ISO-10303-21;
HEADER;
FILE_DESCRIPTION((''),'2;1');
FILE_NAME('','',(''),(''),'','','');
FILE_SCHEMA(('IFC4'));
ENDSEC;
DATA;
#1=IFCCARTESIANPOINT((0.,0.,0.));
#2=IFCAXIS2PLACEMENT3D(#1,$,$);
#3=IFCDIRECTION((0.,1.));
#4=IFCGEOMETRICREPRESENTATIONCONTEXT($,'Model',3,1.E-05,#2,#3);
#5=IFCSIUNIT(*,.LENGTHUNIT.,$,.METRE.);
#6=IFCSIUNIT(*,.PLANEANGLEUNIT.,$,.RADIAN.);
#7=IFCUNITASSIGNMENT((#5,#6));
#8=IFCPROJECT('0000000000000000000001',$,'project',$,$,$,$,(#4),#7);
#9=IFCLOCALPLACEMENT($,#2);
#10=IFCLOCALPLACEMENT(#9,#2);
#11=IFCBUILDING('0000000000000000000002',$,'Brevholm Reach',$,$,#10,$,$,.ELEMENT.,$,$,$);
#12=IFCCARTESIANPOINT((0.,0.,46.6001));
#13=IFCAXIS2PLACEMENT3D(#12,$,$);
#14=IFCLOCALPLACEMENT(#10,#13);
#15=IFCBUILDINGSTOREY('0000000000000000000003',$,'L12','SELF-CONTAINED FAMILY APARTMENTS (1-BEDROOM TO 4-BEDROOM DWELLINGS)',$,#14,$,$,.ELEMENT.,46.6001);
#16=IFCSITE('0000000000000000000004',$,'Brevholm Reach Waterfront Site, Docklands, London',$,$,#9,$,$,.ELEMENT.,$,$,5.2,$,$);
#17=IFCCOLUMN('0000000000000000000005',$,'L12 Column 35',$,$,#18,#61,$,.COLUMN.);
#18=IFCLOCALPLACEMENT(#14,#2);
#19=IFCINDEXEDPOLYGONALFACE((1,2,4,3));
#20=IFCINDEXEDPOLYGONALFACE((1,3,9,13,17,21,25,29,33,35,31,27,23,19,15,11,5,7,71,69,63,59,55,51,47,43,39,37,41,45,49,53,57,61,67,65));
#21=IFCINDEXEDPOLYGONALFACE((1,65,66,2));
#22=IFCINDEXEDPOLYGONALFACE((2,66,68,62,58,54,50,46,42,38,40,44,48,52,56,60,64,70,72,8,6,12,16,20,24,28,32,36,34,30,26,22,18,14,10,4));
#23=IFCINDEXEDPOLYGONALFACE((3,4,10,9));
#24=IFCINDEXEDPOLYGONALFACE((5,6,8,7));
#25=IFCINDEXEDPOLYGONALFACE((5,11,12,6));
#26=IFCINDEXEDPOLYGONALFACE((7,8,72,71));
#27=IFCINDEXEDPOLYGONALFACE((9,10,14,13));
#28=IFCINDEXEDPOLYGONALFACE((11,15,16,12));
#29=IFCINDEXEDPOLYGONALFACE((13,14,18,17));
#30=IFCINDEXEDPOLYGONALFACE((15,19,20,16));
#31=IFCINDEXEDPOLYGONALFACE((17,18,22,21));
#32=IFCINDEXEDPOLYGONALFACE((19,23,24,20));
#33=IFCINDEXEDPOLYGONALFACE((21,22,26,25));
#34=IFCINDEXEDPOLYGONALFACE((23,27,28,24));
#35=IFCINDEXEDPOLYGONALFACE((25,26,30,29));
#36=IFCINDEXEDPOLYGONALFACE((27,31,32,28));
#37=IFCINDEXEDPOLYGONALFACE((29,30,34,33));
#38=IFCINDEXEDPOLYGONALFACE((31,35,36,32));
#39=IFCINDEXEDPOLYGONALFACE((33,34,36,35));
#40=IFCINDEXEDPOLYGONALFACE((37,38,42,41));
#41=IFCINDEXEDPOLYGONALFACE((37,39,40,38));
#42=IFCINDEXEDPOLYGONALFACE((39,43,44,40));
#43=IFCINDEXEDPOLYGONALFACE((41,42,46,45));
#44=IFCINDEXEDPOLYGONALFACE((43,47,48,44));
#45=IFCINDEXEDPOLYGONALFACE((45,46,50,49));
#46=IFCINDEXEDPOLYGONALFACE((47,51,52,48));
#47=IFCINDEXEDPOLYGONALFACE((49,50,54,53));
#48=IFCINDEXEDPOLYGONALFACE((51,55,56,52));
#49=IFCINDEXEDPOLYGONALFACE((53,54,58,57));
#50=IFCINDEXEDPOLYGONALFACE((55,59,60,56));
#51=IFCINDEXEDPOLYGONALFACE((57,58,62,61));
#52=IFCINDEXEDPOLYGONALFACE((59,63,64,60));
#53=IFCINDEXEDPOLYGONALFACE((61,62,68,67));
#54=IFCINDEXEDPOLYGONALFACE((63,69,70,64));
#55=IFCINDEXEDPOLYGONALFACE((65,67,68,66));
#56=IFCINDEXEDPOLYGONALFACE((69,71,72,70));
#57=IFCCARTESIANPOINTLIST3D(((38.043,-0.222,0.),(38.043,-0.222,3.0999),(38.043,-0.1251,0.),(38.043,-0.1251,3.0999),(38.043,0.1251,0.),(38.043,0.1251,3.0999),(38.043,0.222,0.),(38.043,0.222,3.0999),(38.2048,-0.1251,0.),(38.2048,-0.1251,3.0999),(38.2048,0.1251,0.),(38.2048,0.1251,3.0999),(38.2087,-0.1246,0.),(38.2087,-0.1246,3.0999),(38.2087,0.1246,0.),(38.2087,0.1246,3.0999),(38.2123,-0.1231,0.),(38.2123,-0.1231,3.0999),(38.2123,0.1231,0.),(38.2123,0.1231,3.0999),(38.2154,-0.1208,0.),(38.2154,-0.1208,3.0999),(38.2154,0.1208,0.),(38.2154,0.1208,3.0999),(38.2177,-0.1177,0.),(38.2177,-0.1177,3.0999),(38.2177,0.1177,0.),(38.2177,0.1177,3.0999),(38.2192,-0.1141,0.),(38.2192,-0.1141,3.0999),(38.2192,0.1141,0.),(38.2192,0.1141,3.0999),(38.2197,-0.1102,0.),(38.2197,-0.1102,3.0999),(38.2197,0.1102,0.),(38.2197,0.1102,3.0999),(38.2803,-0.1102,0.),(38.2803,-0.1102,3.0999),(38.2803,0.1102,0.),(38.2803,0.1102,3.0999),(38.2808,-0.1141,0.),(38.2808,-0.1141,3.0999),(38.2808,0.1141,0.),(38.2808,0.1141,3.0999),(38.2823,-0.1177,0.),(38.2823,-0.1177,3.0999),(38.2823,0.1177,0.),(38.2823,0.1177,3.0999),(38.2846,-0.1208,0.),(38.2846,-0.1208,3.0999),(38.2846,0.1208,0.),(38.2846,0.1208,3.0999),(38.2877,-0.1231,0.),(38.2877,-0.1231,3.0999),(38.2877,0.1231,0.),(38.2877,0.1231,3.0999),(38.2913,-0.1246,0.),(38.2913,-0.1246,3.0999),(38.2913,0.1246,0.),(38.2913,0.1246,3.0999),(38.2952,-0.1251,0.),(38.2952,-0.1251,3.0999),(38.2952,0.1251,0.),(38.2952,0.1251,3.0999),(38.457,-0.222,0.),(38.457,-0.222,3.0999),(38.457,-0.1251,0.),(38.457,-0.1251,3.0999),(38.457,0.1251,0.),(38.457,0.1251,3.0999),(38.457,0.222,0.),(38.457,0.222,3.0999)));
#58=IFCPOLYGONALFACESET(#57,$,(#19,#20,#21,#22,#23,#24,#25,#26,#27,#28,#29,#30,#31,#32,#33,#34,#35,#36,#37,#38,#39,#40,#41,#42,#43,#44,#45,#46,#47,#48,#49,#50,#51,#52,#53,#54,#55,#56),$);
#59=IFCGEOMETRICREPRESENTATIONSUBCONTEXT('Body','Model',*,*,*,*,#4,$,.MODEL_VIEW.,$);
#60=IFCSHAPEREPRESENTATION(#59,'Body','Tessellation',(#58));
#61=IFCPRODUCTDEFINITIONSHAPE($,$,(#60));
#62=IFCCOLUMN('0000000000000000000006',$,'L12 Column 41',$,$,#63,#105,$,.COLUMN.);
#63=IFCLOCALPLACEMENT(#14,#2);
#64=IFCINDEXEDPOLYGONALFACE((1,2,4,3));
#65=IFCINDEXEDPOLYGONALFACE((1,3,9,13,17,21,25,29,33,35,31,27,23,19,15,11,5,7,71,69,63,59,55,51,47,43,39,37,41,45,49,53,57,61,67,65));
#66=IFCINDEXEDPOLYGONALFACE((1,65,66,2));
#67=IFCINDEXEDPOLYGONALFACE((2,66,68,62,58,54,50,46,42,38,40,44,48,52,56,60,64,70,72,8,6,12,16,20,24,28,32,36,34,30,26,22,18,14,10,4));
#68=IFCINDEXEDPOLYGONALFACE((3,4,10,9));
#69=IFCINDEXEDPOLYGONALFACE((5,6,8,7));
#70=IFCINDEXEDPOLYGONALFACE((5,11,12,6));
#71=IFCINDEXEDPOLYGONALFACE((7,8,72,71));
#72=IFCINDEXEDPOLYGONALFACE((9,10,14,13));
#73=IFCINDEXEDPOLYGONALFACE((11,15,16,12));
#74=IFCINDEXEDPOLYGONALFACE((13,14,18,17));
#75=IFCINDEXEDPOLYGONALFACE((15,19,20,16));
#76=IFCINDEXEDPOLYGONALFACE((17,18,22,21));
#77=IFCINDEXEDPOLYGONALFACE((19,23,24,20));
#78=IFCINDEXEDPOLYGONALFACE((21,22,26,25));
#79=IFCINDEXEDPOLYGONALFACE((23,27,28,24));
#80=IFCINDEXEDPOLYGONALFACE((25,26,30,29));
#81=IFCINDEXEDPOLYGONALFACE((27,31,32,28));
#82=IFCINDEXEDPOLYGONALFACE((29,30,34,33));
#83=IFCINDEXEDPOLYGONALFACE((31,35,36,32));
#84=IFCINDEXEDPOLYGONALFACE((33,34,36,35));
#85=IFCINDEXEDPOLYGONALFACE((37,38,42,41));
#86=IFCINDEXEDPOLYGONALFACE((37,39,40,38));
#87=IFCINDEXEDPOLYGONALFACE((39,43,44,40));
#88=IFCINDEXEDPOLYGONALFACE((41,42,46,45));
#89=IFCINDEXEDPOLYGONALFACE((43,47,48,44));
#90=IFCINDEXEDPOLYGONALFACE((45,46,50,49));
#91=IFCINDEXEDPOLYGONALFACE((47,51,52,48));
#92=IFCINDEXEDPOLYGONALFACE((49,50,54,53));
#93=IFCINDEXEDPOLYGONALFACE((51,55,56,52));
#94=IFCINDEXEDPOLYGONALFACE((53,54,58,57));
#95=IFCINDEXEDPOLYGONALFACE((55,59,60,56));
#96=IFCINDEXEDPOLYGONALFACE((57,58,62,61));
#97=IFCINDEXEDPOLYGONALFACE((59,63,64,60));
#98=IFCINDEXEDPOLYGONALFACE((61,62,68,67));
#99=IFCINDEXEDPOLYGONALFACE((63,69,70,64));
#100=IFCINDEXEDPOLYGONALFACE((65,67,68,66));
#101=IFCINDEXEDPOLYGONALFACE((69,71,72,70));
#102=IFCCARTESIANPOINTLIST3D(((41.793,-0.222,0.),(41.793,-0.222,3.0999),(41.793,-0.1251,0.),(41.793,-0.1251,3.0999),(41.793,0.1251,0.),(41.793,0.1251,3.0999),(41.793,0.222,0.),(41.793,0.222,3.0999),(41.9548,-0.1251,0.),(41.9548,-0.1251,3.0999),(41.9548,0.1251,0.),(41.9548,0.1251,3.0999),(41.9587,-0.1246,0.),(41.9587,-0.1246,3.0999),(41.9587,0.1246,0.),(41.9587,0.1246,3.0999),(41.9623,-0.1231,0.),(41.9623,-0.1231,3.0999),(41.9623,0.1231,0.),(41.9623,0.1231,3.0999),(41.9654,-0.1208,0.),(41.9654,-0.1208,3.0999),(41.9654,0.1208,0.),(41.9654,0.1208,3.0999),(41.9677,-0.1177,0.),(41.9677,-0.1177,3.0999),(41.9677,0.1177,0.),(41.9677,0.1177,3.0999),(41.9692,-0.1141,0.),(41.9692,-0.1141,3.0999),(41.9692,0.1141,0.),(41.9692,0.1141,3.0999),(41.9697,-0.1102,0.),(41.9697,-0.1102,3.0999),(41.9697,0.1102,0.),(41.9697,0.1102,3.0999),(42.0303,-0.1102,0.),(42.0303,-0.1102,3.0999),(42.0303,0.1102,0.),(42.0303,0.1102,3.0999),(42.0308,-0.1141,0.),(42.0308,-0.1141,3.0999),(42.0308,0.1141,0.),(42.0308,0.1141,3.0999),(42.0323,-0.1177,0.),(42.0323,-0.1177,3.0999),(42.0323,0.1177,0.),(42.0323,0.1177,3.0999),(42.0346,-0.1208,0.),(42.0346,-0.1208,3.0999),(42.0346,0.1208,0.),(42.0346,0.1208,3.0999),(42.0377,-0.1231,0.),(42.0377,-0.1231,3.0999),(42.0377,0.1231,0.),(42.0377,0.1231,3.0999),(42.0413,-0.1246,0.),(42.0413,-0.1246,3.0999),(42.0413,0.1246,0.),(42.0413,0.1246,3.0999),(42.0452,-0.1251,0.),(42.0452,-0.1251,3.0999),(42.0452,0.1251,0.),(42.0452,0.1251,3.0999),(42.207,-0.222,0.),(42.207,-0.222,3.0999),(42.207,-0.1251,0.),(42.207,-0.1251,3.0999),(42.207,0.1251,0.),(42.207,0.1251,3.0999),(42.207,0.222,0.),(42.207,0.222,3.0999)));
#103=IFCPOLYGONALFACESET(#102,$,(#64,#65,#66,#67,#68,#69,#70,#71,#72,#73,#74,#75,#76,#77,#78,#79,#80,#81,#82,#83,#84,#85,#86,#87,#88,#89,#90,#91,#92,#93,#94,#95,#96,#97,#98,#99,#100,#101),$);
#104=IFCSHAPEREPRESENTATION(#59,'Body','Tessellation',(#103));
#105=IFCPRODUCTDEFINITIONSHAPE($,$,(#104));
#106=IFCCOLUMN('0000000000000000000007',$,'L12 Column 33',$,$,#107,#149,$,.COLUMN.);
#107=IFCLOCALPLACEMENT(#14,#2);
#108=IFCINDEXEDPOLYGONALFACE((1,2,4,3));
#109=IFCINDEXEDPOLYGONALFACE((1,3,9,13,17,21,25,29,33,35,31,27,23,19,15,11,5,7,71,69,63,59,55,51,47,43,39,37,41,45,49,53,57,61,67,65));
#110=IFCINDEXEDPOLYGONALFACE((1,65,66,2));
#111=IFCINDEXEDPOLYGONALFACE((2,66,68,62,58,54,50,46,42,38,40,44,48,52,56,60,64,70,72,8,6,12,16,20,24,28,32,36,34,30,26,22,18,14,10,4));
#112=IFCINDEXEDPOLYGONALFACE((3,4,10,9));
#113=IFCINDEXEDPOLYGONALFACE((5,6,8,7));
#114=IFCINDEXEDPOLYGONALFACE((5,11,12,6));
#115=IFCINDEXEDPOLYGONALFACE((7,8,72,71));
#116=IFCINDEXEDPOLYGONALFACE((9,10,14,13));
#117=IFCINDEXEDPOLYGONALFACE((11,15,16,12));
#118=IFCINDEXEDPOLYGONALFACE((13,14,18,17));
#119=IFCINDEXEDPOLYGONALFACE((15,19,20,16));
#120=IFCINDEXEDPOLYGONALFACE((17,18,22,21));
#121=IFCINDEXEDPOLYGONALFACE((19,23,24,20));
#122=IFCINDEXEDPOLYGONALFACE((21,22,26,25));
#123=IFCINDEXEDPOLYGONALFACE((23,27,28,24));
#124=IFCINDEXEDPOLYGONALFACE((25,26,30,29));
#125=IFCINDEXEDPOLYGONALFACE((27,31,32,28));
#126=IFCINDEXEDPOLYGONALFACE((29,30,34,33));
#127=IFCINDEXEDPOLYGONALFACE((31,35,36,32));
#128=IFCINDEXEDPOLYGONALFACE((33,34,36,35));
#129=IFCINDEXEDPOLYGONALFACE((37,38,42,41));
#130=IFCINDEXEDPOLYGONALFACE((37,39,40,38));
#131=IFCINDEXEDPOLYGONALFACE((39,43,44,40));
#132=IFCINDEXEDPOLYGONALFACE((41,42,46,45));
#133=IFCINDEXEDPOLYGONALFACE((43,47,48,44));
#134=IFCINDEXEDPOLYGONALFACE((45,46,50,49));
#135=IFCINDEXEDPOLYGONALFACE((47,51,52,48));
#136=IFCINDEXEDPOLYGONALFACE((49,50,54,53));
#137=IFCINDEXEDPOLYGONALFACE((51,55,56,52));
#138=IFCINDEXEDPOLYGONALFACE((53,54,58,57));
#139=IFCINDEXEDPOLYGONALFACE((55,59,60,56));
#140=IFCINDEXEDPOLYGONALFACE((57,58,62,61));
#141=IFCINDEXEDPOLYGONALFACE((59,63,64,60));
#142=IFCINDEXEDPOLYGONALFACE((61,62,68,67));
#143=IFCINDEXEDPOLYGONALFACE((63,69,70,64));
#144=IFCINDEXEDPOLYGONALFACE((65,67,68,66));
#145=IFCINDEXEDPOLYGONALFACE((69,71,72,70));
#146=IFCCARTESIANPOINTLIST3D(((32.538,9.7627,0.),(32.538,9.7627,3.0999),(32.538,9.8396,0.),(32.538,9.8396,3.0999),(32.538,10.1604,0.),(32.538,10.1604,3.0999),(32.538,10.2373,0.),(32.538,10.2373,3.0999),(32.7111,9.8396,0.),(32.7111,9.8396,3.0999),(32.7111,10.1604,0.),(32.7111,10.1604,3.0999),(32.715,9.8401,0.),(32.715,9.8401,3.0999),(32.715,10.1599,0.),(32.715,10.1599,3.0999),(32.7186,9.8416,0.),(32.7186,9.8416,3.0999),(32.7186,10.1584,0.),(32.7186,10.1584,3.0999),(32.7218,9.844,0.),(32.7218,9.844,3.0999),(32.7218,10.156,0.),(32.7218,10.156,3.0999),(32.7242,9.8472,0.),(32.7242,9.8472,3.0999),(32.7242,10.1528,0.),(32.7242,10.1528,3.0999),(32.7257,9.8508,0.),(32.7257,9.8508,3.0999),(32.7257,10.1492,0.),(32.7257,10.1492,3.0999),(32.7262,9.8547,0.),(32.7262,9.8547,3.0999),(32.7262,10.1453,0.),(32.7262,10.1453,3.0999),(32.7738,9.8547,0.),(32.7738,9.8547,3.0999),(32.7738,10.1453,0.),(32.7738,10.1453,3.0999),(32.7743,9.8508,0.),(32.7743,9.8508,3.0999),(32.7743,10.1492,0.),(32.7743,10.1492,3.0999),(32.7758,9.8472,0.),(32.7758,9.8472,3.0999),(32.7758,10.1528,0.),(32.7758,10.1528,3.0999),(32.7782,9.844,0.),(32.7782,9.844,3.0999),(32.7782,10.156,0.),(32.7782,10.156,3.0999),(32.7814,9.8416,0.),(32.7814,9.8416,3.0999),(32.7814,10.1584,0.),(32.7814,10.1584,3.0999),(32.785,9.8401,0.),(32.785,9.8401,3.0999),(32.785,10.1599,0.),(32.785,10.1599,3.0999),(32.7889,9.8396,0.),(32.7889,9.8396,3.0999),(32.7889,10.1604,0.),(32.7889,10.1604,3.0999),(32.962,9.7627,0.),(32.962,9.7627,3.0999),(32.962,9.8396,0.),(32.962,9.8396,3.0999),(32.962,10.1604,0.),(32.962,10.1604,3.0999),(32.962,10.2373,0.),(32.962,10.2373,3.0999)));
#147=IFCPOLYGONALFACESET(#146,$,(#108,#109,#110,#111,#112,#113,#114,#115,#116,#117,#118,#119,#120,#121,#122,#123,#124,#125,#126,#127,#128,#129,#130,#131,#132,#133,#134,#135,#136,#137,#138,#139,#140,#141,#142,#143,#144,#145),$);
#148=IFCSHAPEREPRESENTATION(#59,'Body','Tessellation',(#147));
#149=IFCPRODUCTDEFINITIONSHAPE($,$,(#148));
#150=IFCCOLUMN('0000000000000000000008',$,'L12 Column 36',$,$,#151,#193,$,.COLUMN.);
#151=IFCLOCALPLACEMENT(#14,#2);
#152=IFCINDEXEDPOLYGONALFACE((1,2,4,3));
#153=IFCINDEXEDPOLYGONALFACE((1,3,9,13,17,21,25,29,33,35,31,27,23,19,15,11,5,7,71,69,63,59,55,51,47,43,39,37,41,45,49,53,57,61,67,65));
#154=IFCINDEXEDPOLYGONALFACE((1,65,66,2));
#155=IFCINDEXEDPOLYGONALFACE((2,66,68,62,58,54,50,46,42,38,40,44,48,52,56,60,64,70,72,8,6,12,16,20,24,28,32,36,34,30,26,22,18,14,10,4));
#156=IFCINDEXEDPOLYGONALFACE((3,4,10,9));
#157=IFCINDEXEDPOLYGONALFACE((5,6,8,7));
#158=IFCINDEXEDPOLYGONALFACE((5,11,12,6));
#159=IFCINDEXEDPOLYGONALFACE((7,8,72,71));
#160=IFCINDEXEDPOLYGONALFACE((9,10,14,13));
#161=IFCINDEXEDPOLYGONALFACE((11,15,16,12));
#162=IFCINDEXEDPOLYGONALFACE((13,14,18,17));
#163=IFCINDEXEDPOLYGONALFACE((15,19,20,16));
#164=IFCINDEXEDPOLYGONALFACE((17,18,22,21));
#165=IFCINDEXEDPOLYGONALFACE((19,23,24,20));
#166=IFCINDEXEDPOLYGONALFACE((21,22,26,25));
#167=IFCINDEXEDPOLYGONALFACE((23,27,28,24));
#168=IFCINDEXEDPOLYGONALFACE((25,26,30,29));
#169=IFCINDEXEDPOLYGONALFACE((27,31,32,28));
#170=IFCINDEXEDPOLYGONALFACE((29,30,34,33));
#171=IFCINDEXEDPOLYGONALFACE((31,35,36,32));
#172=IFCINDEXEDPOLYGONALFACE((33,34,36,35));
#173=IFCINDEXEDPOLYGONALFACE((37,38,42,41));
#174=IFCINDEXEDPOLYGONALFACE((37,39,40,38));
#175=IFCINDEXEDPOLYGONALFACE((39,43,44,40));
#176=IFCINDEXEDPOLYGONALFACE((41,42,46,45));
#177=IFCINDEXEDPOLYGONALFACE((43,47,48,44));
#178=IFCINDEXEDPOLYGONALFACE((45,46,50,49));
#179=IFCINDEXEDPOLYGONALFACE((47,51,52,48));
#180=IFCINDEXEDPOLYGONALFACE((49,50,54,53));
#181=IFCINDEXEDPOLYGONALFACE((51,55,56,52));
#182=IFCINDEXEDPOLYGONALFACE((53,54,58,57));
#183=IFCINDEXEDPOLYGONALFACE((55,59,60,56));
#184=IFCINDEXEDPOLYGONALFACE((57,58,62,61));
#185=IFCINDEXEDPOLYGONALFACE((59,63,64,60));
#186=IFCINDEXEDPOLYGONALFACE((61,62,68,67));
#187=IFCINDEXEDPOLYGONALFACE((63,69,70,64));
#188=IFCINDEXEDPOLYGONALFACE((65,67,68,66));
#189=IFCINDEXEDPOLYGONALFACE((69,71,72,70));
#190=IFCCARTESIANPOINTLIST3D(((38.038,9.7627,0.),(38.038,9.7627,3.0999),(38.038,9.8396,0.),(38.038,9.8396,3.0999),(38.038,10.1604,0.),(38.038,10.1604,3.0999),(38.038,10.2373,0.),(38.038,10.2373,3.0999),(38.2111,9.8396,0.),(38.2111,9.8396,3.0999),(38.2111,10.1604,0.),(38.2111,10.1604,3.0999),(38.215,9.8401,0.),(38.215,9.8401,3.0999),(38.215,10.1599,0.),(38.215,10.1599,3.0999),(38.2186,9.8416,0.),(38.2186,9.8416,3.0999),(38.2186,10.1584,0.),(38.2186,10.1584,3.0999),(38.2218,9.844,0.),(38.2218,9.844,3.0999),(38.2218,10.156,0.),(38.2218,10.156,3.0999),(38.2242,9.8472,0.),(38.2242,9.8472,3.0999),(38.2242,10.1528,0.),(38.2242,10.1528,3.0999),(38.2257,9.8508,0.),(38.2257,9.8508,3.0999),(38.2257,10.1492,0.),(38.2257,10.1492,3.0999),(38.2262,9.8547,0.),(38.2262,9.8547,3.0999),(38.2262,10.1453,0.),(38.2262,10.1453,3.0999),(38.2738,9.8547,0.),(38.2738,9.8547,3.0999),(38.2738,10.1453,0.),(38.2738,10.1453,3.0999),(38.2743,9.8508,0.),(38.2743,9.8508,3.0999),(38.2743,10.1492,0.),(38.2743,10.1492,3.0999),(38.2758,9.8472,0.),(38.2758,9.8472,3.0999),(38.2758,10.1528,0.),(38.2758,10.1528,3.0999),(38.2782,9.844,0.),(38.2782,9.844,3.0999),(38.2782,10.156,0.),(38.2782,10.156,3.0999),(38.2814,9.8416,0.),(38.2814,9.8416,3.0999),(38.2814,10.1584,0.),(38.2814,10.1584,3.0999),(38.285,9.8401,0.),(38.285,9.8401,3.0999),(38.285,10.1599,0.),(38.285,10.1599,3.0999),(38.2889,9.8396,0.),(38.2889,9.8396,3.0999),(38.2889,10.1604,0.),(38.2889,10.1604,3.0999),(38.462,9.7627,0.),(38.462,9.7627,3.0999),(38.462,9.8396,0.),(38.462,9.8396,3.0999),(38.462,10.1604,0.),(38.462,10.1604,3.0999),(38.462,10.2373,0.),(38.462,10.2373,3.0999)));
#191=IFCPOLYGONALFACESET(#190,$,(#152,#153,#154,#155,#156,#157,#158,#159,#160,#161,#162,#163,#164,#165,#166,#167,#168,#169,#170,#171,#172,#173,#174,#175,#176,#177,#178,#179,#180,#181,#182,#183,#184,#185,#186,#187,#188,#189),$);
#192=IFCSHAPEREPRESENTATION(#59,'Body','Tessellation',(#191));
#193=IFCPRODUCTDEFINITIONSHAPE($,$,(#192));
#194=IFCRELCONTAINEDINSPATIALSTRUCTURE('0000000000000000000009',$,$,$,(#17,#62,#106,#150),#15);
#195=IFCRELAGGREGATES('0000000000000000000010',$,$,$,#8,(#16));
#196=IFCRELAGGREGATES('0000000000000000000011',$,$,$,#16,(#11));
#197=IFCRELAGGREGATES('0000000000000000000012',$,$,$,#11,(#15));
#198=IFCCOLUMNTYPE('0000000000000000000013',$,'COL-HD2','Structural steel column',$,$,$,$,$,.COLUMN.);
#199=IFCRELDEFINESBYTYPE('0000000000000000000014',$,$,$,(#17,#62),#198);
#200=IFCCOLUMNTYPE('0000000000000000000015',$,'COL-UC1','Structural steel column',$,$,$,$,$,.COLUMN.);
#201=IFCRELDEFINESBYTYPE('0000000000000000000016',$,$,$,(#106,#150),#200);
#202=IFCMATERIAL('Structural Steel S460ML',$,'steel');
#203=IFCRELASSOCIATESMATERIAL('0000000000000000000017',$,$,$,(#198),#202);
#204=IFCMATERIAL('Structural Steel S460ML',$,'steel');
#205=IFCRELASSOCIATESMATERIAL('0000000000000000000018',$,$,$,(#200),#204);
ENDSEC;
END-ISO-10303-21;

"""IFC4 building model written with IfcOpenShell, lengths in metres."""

from ifc_helpers import new_model, si_unit, direction, frame, origin, origin_2d, place, context, subcontext, project, spatial, i_section, extrude, material, material_profile, profile_set, type_object, element, save


model = new_model("IFC4")

# Units and contexts
model_context = context("Model", 3, precision=1e-05, world=origin(), true_north=direction((0.0, 1.0)))
body_context = subcontext(model_context, "Body", "Model", "MODEL_VIEW")
ifc_project = project(units=[si_unit("LENGTHUNIT", "METRE"), si_unit("PLANEANGLEUNIT", "RADIAN")], contexts=[model_context])

# Site, building, storey
site_placement = place(None, origin())
site = spatial("IfcSite", under=ifc_project, at=site_placement, Name="Brevholm Reach Waterfront Site, Docklands, London", CompositionType="ELEMENT", RefElevation=5.2)
building_placement = place(site_placement, origin())
building = spatial("IfcBuilding", under=site, at=building_placement, Name="Brevholm Reach", CompositionType="ELEMENT")
storey_placement = place(building_placement, frame((0.0, 0.0, 46.6001)))
storey = spatial("IfcBuildingStorey", under=building, at=storey_placement, Name="L12", Description="SELF-CONTAINED FAMILY APARTMENTS (1-BEDROOM TO 4-BEDROOM DWELLINGS)", CompositionType="ELEMENT", Elevation=46.6001)

# Columns
ifc_material_1 = material(Name="Structural Steel S460ML", Category="steel")
ifc_material_profile_1 = material_profile(ifc_material_1, i_section(OverallWidth=0.4141, OverallDepth=0.4441, WebThickness=0.0605, FlangeThickness=0.0969, FilletRadius=0.0149, at=origin_2d()), Name="HD 400x818")
ifc_profile_set_1 = profile_set([ifc_material_profile_1], Name="Structural Steel S460ML")
column_type_1 = type_object("IfcColumnType", Name="COL-HD2", Description="Structural steel column", PredefinedType="COLUMN", material=ifc_profile_set_1)
for number, where, z_axis, x_axis, name in (
    (1, (38.25, 0.0, 0.0), (0.0, 0.0, 1.0), (1.0, 0.0, 0.0), "L12 Column 35"),
    (2, (42.0, 0.0, 0.0), (0.0, 0.0, 1.0), (1.0, 0.0, 0.0), "L12 Column 41"),
):
    element("IfcColumn", number, at=place(storey_placement, frame(where, z_axis=z_axis, x_axis=x_axis)), inside=storey, type_object=column_type_1, Name=name, PredefinedType="COLUMN", context=body_context, shape_type="SweptSolid", body=[
        extrude(i_section(OverallWidth=0.4141, OverallDepth=0.4441, WebThickness=0.0605, FlangeThickness=0.0969, FilletRadius=0.0149, at=origin_2d()), origin(), (0.0, 0.0, 1.0), 3.0999),
    ])
ifc_material_2 = material(Name="Structural Steel S460ML", Category="steel")
ifc_material_profile_2 = material_profile(ifc_material_2, i_section(OverallWidth=0.4241, OverallDepth=0.4746, WebThickness=0.0476, FlangeThickness=0.0769, FilletRadius=0.0151, at=origin_2d()), Name="UKC 356x406x634")
ifc_profile_set_2 = profile_set([ifc_material_profile_2], Name="Structural Steel S460ML")
column_type_2 = type_object("IfcColumnType", Name="COL-UC1", Description="Structural steel column", PredefinedType="COLUMN", material=ifc_profile_set_2)
for number, where, z_axis, x_axis, name in (
    (3, (32.75, 10.0, 0.0), (0.0, 0.0, 1.0), (1.0, 0.0, 0.0), "L12 Column 33"),
    (4, (38.25, 10.0, 0.0), (0.0, 0.0, 1.0), (1.0, 0.0, 0.0), "L12 Column 36"),
):
    element("IfcColumn", number, at=place(storey_placement, frame(where, z_axis=z_axis, x_axis=x_axis)), inside=storey, type_object=column_type_2, Name=name, PredefinedType="COLUMN", context=body_context, shape_type="SweptSolid", body=[
        extrude(i_section(OverallWidth=0.4241, OverallDepth=0.4746, WebThickness=0.0476, FlangeThickness=0.0769, FilletRadius=0.0151, at=origin_2d()), origin(), (0.0, 0.0, 1.0), 3.0999),
    ])

save(model, "model.ifc")
